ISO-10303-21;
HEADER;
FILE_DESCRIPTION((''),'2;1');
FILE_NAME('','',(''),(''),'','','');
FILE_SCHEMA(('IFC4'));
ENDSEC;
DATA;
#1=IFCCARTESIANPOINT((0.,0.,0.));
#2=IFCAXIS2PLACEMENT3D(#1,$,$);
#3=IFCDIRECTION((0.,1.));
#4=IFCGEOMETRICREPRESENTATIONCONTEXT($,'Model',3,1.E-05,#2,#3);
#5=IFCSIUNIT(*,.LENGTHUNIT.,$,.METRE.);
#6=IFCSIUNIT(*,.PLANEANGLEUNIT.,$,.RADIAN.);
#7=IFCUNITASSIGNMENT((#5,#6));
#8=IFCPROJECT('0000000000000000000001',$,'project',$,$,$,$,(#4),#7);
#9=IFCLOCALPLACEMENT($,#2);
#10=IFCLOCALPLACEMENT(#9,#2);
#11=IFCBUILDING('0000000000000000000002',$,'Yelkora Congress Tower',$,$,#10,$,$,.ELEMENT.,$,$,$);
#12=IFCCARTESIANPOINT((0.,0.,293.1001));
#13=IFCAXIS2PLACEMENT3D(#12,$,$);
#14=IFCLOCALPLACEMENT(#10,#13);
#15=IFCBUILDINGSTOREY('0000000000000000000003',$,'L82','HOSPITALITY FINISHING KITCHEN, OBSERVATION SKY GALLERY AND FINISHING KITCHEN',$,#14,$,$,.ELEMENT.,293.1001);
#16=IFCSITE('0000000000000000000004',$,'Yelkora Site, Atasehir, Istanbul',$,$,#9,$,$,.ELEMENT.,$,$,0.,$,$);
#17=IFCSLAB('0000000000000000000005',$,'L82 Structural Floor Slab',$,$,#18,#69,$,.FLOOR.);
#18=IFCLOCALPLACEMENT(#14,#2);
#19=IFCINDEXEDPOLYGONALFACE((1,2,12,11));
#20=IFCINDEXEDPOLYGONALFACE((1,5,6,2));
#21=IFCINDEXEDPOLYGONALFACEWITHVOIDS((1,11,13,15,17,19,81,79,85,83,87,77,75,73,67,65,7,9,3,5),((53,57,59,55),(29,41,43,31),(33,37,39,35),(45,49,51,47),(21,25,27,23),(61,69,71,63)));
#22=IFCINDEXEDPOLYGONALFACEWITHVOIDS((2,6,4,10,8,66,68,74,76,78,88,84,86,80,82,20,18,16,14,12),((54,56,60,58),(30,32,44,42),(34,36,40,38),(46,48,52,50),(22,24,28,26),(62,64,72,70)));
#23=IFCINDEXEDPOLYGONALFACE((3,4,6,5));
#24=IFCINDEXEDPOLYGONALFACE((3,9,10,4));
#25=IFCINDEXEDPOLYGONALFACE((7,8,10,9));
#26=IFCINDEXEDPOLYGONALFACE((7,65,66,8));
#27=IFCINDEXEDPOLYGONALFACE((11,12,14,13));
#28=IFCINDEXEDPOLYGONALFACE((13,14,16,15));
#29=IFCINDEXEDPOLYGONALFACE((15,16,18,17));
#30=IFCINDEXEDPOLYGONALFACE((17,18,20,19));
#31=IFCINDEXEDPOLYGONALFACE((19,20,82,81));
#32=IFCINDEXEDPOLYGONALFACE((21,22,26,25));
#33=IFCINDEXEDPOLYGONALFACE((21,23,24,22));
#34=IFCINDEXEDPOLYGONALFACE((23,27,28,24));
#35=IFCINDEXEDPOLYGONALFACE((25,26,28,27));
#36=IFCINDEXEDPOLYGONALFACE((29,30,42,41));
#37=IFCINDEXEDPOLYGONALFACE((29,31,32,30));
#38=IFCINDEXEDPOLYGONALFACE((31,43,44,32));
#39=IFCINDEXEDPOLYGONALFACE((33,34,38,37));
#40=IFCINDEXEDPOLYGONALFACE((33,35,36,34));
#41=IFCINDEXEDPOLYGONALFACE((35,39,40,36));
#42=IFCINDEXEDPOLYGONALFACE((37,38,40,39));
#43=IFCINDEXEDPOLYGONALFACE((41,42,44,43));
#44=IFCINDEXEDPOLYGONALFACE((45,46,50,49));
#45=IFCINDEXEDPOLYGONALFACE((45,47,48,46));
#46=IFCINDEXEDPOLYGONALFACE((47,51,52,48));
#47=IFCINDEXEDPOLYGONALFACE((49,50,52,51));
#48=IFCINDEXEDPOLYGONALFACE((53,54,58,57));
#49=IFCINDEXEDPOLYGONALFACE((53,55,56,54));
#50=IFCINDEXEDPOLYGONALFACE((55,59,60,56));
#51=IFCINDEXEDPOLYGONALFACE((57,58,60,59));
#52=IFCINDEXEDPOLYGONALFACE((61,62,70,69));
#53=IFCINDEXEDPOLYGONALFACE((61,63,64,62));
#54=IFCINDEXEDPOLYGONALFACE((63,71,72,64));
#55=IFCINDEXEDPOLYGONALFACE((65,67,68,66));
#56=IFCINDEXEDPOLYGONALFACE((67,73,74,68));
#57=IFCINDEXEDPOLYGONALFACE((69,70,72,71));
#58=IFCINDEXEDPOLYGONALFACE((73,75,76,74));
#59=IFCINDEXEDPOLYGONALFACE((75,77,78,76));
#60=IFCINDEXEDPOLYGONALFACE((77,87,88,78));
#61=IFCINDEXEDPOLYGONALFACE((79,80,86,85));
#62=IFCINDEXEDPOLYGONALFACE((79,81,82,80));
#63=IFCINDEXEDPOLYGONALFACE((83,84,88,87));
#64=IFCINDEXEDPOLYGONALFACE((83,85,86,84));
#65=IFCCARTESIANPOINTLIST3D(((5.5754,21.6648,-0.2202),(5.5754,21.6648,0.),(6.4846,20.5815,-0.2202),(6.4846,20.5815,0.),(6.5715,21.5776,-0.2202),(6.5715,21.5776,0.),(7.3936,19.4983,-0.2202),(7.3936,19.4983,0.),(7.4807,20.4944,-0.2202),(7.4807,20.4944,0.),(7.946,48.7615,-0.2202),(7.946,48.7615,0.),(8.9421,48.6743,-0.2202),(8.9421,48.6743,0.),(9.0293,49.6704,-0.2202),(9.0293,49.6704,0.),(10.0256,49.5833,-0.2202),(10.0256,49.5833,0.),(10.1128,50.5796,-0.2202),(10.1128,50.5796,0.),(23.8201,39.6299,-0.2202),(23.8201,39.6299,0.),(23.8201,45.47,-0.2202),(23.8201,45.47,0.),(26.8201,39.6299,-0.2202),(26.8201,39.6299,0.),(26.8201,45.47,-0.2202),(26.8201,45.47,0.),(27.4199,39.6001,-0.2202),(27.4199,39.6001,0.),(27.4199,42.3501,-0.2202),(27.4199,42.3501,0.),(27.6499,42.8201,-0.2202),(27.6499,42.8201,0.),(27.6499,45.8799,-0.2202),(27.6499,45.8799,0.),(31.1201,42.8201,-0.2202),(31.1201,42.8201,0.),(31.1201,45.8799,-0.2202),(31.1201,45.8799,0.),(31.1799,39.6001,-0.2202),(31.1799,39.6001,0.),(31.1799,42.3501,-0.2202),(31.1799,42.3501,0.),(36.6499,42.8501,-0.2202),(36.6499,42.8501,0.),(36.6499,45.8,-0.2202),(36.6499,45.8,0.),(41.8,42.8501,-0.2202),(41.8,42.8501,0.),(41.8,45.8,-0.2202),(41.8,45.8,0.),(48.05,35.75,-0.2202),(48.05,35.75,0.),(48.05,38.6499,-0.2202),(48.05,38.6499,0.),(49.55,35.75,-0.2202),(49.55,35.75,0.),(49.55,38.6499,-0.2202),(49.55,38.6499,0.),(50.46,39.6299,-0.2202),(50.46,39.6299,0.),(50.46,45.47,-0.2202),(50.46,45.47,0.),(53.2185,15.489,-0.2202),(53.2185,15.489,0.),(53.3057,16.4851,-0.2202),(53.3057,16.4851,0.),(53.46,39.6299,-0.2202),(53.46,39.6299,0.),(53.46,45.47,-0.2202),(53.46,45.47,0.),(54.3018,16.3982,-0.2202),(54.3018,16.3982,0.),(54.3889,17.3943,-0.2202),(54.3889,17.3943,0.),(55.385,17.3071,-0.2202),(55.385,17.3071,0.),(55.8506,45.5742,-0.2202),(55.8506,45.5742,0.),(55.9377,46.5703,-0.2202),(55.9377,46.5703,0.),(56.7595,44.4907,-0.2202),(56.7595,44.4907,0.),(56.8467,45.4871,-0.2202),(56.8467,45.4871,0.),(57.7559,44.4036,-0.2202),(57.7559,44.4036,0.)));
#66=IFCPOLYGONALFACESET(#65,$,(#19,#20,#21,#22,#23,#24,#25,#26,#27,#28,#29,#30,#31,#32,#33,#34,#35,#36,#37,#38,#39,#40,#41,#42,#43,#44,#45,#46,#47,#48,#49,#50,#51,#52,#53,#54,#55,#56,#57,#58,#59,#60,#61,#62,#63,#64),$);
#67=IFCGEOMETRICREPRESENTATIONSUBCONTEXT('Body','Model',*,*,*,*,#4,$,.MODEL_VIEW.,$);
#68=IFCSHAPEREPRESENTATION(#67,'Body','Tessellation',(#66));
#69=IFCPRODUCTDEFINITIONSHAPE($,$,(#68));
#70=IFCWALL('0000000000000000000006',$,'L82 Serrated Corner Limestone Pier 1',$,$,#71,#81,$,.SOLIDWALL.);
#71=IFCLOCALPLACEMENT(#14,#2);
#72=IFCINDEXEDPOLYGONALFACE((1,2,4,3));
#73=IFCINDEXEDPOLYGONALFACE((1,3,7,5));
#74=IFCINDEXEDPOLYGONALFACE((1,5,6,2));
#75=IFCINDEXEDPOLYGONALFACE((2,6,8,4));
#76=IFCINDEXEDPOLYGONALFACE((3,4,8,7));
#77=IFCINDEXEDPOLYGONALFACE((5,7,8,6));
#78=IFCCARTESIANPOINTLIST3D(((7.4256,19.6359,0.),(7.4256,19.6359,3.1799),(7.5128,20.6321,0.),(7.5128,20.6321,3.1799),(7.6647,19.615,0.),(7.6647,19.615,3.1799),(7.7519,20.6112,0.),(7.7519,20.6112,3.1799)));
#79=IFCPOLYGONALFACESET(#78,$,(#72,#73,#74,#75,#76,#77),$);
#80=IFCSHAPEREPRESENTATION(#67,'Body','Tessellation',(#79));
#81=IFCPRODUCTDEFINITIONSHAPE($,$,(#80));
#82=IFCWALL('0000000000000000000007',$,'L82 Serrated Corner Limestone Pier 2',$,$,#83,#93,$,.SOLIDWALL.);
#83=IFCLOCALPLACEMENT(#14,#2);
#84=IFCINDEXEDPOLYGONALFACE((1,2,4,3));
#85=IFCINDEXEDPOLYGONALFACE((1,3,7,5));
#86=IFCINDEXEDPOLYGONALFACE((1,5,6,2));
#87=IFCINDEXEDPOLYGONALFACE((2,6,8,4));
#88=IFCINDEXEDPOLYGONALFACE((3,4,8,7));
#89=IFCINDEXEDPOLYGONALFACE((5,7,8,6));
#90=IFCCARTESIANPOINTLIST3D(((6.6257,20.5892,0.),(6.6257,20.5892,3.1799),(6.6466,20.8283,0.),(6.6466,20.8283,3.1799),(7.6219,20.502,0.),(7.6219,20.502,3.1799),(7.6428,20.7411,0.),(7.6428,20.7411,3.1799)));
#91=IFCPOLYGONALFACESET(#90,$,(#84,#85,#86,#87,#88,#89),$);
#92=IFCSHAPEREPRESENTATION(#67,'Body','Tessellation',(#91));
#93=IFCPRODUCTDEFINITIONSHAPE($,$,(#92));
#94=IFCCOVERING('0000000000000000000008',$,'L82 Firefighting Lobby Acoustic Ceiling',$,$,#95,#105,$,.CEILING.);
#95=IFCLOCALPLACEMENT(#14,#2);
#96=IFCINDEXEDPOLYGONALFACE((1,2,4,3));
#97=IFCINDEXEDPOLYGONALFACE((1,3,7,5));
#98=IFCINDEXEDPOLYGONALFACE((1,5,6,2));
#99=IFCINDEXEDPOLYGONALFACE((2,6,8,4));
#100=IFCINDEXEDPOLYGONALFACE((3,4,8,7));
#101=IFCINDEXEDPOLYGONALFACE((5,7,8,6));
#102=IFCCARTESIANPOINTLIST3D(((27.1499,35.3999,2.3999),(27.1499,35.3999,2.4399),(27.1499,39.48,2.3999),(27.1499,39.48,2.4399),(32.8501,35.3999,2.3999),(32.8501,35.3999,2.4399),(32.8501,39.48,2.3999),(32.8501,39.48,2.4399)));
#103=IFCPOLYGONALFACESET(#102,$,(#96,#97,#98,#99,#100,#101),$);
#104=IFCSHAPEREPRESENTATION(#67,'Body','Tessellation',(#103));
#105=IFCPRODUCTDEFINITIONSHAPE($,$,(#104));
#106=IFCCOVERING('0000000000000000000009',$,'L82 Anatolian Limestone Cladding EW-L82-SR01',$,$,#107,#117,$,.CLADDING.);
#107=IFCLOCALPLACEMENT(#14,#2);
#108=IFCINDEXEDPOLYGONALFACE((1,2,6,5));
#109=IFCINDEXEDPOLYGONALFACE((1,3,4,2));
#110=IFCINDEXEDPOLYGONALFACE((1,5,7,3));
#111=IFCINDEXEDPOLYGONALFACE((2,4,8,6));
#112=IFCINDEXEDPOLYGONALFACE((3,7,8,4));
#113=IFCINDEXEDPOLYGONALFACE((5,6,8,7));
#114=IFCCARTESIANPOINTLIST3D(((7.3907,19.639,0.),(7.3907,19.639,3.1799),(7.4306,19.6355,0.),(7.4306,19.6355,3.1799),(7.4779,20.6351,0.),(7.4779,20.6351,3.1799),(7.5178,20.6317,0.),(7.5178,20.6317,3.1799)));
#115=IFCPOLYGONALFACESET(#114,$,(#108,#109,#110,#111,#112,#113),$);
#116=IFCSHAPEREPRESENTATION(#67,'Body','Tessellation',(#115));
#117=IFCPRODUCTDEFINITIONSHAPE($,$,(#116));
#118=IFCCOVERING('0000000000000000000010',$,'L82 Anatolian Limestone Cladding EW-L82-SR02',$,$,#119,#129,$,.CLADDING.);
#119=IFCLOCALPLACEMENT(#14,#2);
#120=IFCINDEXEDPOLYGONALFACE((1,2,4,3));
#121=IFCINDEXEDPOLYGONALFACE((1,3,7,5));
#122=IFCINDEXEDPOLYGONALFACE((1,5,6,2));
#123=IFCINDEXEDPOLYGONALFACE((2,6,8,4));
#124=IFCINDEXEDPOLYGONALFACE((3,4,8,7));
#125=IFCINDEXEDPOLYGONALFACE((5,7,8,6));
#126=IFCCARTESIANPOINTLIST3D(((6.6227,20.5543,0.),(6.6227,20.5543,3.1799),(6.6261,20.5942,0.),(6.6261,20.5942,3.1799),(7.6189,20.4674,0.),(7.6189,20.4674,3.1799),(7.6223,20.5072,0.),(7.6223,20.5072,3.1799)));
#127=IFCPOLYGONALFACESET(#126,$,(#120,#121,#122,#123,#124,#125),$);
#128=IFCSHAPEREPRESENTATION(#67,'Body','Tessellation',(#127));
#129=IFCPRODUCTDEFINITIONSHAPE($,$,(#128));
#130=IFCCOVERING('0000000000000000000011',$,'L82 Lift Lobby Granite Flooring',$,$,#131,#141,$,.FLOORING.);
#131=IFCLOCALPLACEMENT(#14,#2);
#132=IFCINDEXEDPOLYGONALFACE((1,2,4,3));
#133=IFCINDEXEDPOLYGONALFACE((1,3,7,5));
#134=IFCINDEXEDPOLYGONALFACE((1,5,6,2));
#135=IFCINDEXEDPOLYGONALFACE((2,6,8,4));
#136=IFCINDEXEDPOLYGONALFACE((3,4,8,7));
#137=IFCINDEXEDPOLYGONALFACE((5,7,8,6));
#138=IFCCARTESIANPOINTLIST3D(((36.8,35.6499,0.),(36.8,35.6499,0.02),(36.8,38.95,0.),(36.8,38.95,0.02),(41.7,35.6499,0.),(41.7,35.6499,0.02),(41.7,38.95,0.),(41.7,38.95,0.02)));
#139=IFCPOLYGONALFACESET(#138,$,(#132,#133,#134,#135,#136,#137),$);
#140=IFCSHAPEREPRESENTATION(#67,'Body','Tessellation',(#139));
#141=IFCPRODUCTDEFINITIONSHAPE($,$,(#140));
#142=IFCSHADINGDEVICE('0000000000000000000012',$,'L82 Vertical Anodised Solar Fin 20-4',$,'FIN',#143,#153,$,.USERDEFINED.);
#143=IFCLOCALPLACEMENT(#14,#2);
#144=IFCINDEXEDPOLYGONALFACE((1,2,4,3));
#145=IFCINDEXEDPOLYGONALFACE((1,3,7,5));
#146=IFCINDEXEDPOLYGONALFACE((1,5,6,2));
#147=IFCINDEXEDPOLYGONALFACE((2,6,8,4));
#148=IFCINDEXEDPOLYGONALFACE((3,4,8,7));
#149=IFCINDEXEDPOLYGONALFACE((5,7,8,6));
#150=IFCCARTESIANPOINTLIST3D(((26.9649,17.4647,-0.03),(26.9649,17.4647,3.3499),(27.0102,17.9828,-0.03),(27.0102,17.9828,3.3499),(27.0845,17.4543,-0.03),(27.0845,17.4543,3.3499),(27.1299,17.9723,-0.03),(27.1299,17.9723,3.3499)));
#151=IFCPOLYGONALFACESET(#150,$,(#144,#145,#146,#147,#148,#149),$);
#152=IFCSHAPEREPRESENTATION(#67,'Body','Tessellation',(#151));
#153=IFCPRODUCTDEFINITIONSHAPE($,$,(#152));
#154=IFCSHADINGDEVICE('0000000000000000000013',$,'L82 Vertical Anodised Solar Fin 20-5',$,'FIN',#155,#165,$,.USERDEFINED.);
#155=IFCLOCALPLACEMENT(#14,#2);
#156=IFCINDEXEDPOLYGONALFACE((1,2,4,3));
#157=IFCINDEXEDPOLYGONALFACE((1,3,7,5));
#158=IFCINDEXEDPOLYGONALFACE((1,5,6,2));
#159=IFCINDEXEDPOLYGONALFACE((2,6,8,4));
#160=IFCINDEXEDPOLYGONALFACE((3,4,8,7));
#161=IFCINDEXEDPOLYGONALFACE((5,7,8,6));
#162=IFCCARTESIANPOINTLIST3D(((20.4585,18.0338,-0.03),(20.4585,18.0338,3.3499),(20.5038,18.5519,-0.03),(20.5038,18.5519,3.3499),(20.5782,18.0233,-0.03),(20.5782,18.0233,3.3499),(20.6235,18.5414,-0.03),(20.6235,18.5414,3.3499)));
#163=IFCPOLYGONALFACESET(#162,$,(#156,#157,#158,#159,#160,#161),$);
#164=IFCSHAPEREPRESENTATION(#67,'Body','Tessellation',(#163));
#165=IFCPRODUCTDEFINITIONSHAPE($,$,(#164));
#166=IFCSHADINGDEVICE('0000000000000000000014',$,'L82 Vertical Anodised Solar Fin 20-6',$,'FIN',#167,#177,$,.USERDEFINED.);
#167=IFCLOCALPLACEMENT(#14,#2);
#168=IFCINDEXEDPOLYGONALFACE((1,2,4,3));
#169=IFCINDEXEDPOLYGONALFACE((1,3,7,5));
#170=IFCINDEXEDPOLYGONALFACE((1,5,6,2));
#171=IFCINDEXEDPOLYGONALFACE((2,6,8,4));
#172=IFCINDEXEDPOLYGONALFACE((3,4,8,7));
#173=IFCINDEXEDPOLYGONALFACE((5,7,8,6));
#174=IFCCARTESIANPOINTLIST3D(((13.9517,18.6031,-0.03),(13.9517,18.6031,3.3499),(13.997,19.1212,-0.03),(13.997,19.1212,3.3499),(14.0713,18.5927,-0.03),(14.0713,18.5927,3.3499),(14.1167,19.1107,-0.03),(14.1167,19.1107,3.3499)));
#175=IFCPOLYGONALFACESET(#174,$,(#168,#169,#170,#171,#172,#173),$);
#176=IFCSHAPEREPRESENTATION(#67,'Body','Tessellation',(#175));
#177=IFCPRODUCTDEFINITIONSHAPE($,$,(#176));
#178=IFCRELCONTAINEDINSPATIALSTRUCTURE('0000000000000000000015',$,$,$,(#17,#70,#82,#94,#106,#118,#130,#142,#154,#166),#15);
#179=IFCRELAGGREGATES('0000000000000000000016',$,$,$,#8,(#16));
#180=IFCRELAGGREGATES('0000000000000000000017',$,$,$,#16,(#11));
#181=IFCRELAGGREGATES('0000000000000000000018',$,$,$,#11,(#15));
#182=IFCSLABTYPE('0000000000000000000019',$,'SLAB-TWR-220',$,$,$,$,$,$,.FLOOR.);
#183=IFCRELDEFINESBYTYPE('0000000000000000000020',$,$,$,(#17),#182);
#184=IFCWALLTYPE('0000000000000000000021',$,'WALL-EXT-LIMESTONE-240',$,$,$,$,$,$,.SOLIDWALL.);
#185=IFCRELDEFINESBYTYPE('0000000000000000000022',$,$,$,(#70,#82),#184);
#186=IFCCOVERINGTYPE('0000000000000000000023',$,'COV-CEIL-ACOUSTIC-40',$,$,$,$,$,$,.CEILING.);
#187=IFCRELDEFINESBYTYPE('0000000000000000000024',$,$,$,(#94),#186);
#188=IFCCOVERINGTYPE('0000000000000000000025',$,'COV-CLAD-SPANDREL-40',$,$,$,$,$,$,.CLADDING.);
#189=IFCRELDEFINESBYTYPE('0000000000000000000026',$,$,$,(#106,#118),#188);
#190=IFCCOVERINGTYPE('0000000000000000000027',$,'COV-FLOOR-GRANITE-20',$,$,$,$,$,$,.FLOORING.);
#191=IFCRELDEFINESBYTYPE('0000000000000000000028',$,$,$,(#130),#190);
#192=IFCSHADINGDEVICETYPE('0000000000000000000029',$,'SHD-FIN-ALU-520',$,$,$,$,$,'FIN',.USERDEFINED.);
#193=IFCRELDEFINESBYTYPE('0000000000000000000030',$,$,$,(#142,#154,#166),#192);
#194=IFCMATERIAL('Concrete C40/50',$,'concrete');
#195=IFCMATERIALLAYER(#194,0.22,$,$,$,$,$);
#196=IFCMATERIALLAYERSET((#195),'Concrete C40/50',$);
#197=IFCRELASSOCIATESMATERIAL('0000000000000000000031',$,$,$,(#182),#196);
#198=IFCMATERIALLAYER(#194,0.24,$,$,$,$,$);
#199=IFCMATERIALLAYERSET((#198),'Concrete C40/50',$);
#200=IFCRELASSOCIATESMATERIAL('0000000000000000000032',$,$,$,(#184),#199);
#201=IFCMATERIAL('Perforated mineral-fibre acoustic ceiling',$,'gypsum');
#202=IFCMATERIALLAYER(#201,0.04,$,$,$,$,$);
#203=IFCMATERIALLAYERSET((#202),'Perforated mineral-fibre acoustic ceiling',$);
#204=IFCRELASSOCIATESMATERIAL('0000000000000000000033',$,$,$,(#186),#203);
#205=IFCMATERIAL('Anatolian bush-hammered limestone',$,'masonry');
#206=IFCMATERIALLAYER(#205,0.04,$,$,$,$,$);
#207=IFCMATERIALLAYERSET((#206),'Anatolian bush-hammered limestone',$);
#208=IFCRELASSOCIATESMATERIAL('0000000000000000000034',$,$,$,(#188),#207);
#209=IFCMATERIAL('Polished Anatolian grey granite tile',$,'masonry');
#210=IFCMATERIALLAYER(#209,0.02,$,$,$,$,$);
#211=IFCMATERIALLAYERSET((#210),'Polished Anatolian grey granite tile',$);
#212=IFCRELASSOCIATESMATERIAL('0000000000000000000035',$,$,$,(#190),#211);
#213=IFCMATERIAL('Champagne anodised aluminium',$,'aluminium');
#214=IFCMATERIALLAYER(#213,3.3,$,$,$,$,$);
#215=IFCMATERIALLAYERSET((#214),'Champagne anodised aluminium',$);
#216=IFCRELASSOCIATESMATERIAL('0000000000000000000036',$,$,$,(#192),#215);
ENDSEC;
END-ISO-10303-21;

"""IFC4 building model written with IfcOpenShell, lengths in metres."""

from ifc_helpers import new_model, si_unit, direction, frame, frame_2d, origin, origin_2d, place, context, subcontext, project, spatial, polyline, rectangle, outline, extrude, material, layer, layer_set, type_object, element, save


model = new_model("IFC4")

# Units and contexts
model_context = context("Model", 3, precision=1e-05, world=origin(), true_north=direction((0.0, 1.0)))
body_context = subcontext(model_context, "Body", "Model", "MODEL_VIEW")
ifc_project = project(units=[si_unit("LENGTHUNIT", "METRE"), si_unit("PLANEANGLEUNIT", "RADIAN")], contexts=[model_context])

# Site, building, storey
site_placement = place(None, origin())
site = spatial("IfcSite", under=ifc_project, at=site_placement, Name="Yelkora Site, Atasehir, Istanbul", CompositionType="ELEMENT", RefElevation=0.0)
building_placement = place(site_placement, origin())
building = spatial("IfcBuilding", under=site, at=building_placement, Name="Yelkora Congress Tower", CompositionType="ELEMENT")
storey_placement = place(building_placement, frame((0.0, 0.0, 293.1001)))
storey = spatial("IfcBuildingStorey", under=building, at=storey_placement, Name="L82", Description="HOSPITALITY FINISHING KITCHEN, OBSERVATION SKY GALLERY AND FINISHING KITCHEN", CompositionType="ELEMENT", Elevation=293.1001)

# Shared definitions
ifc_material_1 = material(Name="Concrete C40/50", Category="concrete")

# Slab
ifc_layer_1 = layer(ifc_material_1, 0.22)
ifc_layer_set_1 = layer_set([ifc_layer_1], Name="Concrete C40/50")
slab_type_1 = type_object("IfcSlabType", Name="SLAB-TWR-220", PredefinedType="FLOOR", material=ifc_layer_set_1)
slab_1_placement = place(storey_placement, frame((0.0, 0.0, -0.2202)))
element("IfcSlab", 1, at=slab_1_placement, inside=storey, type_object=slab_type_1, Name="L82 Structural Floor Slab", PredefinedType="FLOOR", context=body_context, shape_type="SweptSolid", body=[
    extrude(outline(polyline([(7.3936, 19.4983), (53.2185, 15.489), (53.3057, 16.4851), (54.3018, 16.3982), (54.3889, 17.3943), (55.385, 17.3071), (57.7559, 44.4036), (56.7595, 44.4907), (56.8467, 45.4871), (55.8506, 45.5742), (55.9377, 46.5703), (10.1128, 50.5796), (10.0256, 49.5833), (9.0293, 49.6704), (8.9421, 48.6743), (7.946, 48.7615), (5.5754, 21.6648), (6.5715, 21.5776), (6.4846, 20.5815), (7.4807, 20.4944), (7.3936, 19.4983)]), holes=[polyline([(23.8201, 39.6299), (26.8201, 39.6299), (26.8201, 45.47), (23.8201, 45.47), (23.8201, 39.6299)]), polyline([(50.46, 39.6299), (53.46, 39.6299), (53.46, 45.47), (50.46, 45.47), (50.46, 39.6299)]), polyline([(48.05, 35.75), (49.55, 35.75), (49.55, 38.6499), (48.05, 38.6499), (48.05, 35.75)]), polyline([(36.6499, 42.8501), (41.8, 42.8501), (41.8, 45.8), (36.6499, 45.8), (36.6499, 42.8501)]), polyline([(27.4199, 39.6001), (31.1799, 39.6001), (31.1799, 42.3501), (27.4199, 42.3501), (27.4199, 39.6001)]), polyline([(27.6499, 42.8201), (31.1201, 42.8201), (31.1201, 45.8799), (27.6499, 45.8799), (27.6499, 42.8201)])]), origin(), (0.0, 0.0, 1.0), 0.2202),
])

# Walls
ifc_layer_2 = layer(ifc_material_1, 0.24)
ifc_layer_set_2 = layer_set([ifc_layer_2], Name="Concrete C40/50")
wall_type = type_object("IfcWallType", Name="WALL-EXT-LIMESTONE-240", PredefinedType="SOLIDWALL", material=ifc_layer_set_2)
for number, where, z_axis, x_axis, name in (
    (2, (7.5452, 19.6255, 0.0), (0.0, 0.0, 1.0), (0.087167, 0.996194, 0.0), "L82 Serrated Corner Limestone Pier 1"),
    (3, (7.6323, 20.6216, 0.0), (0.0, 0.0, 1.0), (-0.996194, 0.087167, 0.0), "L82 Serrated Corner Limestone Pier 2"),
):
    element("IfcWall", number, at=place(storey_placement, frame(where, z_axis=z_axis, x_axis=x_axis)), inside=storey, type_object=wall_type, Name=name, PredefinedType="SOLIDWALL", context=body_context, shape_type="SweptSolid", body=[
        extrude(rectangle(XDim=1.0, YDim=0.24, at=frame_2d((0.5, 0.0))), origin(), (0.0, 0.0, 1.0), 3.1799),
    ])

# Coverings
ifc_material_2 = material(Name="Perforated mineral-fibre acoustic ceiling", Category="gypsum")
ifc_layer_3 = layer(ifc_material_2, 0.04)
ifc_layer_set_3 = layer_set([ifc_layer_3], Name="Perforated mineral-fibre acoustic ceiling")
covering_type_1 = type_object("IfcCoveringType", Name="COV-CEIL-ACOUSTIC-40", PredefinedType="CEILING", material=ifc_layer_set_3)
covering_1_placement = place(storey_placement, frame((0.0, 0.0, 2.3999)))
element("IfcCovering", 4, at=covering_1_placement, inside=storey, type_object=covering_type_1, Name="L82 Firefighting Lobby Acoustic Ceiling", PredefinedType="CEILING", context=body_context, shape_type="SweptSolid", body=[
    extrude(outline(polyline([(27.1499, 35.3999), (32.8501, 35.3999), (32.8501, 39.48), (27.1499, 39.48), (27.1499, 35.3999)])), origin(), (0.0, 0.0, 1.0), 0.04),
])
ifc_material_3 = material(Name="Anatolian bush-hammered limestone", Category="masonry")
ifc_layer_4 = layer(ifc_material_3, 0.04)
ifc_layer_set_4 = layer_set([ifc_layer_4], Name="Anatolian bush-hammered limestone")
covering_type_2 = type_object("IfcCoveringType", Name="COV-CLAD-SPANDREL-40", PredefinedType="CLADDING", material=ifc_layer_set_4)
for number, where, z_axis, x_axis, name in (
    (5, (7.4106, 19.6372, 0.0), (0.0, 0.0, 1.0), (0.087167, 0.996194, 0.0), "L82 Anatolian Limestone Cladding EW-L82-SR01"),
    (6, (7.6206, 20.4873, 0.0), (0.0, 0.0, 1.0), (-0.996215, 0.086925, 0.0), "L82 Anatolian Limestone Cladding EW-L82-SR02"),
):
    element("IfcCovering", number, at=place(storey_placement, frame(where, z_axis=z_axis, x_axis=x_axis)), inside=storey, type_object=covering_type_2, Name=name, PredefinedType="CLADDING", context=body_context, shape_type="SweptSolid", body=[
        extrude(rectangle(XDim=1.0, YDim=0.04, at=frame_2d((0.5, 0.0))), origin(), (0.0, 0.0, 1.0), 3.1799),
    ])
ifc_material_4 = material(Name="Polished Anatolian grey granite tile", Category="masonry")
ifc_layer_5 = layer(ifc_material_4, 0.02)
ifc_layer_set_5 = layer_set([ifc_layer_5], Name="Polished Anatolian grey granite tile")
covering_type_3 = type_object("IfcCoveringType", Name="COV-FLOOR-GRANITE-20", PredefinedType="FLOORING", material=ifc_layer_set_5)
covering_2_placement = place(storey_placement, origin())
element("IfcCovering", 7, at=covering_2_placement, inside=storey, type_object=covering_type_3, Name="L82 Lift Lobby Granite Flooring", PredefinedType="FLOORING", context=body_context, shape_type="SweptSolid", body=[
    extrude(outline(polyline([(36.8, 35.6499), (41.7, 35.6499), (41.7, 38.95), (36.8, 38.95), (36.8, 35.6499)])), origin(), (0.0, 0.0, 1.0), 0.02),
])

# Shading devices
ifc_material_5 = material(Name="Champagne anodised aluminium", Category="aluminium")
ifc_layer_6 = layer(ifc_material_5, 3.3)
ifc_layer_set_6 = layer_set([ifc_layer_6], Name="Champagne anodised aluminium")
shading_device_type = type_object("IfcShadingDeviceType", Name="SHD-FIN-ALU-520", ElementType="FIN", PredefinedType="USERDEFINED", material=ifc_layer_set_6)
for number, where, z_axis, x_axis, name in (
    (8, (27.0474, 17.7185, -0.03), (0.0, 0.0, 1.0), (-0.996195, 0.087156, 0.0), "L82 Vertical Anodised Solar Fin 20-4"),
    (9, (20.541, 18.2876, -0.03), (0.0, 0.0, 1.0), (-0.996195, 0.087156, 0.0), "L82 Vertical Anodised Solar Fin 20-5"),
    (10, (14.0342, 18.8569, -0.03), (0.0, 0.0, 1.0), (-0.996195, 0.087156, 0.0), "L82 Vertical Anodised Solar Fin 20-6"),
):
    element("IfcShadingDevice", number, at=place(storey_placement, frame(where, z_axis=z_axis, x_axis=x_axis)), inside=storey, type_object=shading_device_type, Name=name, ObjectType="FIN", PredefinedType="USERDEFINED", context=body_context, shape_type="SweptSolid", body=[
        extrude(rectangle(XDim=0.1201, YDim=0.52, at=origin_2d()), origin(), (0.0, 0.0, 1.0), 3.3799),
    ])

save(model, "model.ifc")
